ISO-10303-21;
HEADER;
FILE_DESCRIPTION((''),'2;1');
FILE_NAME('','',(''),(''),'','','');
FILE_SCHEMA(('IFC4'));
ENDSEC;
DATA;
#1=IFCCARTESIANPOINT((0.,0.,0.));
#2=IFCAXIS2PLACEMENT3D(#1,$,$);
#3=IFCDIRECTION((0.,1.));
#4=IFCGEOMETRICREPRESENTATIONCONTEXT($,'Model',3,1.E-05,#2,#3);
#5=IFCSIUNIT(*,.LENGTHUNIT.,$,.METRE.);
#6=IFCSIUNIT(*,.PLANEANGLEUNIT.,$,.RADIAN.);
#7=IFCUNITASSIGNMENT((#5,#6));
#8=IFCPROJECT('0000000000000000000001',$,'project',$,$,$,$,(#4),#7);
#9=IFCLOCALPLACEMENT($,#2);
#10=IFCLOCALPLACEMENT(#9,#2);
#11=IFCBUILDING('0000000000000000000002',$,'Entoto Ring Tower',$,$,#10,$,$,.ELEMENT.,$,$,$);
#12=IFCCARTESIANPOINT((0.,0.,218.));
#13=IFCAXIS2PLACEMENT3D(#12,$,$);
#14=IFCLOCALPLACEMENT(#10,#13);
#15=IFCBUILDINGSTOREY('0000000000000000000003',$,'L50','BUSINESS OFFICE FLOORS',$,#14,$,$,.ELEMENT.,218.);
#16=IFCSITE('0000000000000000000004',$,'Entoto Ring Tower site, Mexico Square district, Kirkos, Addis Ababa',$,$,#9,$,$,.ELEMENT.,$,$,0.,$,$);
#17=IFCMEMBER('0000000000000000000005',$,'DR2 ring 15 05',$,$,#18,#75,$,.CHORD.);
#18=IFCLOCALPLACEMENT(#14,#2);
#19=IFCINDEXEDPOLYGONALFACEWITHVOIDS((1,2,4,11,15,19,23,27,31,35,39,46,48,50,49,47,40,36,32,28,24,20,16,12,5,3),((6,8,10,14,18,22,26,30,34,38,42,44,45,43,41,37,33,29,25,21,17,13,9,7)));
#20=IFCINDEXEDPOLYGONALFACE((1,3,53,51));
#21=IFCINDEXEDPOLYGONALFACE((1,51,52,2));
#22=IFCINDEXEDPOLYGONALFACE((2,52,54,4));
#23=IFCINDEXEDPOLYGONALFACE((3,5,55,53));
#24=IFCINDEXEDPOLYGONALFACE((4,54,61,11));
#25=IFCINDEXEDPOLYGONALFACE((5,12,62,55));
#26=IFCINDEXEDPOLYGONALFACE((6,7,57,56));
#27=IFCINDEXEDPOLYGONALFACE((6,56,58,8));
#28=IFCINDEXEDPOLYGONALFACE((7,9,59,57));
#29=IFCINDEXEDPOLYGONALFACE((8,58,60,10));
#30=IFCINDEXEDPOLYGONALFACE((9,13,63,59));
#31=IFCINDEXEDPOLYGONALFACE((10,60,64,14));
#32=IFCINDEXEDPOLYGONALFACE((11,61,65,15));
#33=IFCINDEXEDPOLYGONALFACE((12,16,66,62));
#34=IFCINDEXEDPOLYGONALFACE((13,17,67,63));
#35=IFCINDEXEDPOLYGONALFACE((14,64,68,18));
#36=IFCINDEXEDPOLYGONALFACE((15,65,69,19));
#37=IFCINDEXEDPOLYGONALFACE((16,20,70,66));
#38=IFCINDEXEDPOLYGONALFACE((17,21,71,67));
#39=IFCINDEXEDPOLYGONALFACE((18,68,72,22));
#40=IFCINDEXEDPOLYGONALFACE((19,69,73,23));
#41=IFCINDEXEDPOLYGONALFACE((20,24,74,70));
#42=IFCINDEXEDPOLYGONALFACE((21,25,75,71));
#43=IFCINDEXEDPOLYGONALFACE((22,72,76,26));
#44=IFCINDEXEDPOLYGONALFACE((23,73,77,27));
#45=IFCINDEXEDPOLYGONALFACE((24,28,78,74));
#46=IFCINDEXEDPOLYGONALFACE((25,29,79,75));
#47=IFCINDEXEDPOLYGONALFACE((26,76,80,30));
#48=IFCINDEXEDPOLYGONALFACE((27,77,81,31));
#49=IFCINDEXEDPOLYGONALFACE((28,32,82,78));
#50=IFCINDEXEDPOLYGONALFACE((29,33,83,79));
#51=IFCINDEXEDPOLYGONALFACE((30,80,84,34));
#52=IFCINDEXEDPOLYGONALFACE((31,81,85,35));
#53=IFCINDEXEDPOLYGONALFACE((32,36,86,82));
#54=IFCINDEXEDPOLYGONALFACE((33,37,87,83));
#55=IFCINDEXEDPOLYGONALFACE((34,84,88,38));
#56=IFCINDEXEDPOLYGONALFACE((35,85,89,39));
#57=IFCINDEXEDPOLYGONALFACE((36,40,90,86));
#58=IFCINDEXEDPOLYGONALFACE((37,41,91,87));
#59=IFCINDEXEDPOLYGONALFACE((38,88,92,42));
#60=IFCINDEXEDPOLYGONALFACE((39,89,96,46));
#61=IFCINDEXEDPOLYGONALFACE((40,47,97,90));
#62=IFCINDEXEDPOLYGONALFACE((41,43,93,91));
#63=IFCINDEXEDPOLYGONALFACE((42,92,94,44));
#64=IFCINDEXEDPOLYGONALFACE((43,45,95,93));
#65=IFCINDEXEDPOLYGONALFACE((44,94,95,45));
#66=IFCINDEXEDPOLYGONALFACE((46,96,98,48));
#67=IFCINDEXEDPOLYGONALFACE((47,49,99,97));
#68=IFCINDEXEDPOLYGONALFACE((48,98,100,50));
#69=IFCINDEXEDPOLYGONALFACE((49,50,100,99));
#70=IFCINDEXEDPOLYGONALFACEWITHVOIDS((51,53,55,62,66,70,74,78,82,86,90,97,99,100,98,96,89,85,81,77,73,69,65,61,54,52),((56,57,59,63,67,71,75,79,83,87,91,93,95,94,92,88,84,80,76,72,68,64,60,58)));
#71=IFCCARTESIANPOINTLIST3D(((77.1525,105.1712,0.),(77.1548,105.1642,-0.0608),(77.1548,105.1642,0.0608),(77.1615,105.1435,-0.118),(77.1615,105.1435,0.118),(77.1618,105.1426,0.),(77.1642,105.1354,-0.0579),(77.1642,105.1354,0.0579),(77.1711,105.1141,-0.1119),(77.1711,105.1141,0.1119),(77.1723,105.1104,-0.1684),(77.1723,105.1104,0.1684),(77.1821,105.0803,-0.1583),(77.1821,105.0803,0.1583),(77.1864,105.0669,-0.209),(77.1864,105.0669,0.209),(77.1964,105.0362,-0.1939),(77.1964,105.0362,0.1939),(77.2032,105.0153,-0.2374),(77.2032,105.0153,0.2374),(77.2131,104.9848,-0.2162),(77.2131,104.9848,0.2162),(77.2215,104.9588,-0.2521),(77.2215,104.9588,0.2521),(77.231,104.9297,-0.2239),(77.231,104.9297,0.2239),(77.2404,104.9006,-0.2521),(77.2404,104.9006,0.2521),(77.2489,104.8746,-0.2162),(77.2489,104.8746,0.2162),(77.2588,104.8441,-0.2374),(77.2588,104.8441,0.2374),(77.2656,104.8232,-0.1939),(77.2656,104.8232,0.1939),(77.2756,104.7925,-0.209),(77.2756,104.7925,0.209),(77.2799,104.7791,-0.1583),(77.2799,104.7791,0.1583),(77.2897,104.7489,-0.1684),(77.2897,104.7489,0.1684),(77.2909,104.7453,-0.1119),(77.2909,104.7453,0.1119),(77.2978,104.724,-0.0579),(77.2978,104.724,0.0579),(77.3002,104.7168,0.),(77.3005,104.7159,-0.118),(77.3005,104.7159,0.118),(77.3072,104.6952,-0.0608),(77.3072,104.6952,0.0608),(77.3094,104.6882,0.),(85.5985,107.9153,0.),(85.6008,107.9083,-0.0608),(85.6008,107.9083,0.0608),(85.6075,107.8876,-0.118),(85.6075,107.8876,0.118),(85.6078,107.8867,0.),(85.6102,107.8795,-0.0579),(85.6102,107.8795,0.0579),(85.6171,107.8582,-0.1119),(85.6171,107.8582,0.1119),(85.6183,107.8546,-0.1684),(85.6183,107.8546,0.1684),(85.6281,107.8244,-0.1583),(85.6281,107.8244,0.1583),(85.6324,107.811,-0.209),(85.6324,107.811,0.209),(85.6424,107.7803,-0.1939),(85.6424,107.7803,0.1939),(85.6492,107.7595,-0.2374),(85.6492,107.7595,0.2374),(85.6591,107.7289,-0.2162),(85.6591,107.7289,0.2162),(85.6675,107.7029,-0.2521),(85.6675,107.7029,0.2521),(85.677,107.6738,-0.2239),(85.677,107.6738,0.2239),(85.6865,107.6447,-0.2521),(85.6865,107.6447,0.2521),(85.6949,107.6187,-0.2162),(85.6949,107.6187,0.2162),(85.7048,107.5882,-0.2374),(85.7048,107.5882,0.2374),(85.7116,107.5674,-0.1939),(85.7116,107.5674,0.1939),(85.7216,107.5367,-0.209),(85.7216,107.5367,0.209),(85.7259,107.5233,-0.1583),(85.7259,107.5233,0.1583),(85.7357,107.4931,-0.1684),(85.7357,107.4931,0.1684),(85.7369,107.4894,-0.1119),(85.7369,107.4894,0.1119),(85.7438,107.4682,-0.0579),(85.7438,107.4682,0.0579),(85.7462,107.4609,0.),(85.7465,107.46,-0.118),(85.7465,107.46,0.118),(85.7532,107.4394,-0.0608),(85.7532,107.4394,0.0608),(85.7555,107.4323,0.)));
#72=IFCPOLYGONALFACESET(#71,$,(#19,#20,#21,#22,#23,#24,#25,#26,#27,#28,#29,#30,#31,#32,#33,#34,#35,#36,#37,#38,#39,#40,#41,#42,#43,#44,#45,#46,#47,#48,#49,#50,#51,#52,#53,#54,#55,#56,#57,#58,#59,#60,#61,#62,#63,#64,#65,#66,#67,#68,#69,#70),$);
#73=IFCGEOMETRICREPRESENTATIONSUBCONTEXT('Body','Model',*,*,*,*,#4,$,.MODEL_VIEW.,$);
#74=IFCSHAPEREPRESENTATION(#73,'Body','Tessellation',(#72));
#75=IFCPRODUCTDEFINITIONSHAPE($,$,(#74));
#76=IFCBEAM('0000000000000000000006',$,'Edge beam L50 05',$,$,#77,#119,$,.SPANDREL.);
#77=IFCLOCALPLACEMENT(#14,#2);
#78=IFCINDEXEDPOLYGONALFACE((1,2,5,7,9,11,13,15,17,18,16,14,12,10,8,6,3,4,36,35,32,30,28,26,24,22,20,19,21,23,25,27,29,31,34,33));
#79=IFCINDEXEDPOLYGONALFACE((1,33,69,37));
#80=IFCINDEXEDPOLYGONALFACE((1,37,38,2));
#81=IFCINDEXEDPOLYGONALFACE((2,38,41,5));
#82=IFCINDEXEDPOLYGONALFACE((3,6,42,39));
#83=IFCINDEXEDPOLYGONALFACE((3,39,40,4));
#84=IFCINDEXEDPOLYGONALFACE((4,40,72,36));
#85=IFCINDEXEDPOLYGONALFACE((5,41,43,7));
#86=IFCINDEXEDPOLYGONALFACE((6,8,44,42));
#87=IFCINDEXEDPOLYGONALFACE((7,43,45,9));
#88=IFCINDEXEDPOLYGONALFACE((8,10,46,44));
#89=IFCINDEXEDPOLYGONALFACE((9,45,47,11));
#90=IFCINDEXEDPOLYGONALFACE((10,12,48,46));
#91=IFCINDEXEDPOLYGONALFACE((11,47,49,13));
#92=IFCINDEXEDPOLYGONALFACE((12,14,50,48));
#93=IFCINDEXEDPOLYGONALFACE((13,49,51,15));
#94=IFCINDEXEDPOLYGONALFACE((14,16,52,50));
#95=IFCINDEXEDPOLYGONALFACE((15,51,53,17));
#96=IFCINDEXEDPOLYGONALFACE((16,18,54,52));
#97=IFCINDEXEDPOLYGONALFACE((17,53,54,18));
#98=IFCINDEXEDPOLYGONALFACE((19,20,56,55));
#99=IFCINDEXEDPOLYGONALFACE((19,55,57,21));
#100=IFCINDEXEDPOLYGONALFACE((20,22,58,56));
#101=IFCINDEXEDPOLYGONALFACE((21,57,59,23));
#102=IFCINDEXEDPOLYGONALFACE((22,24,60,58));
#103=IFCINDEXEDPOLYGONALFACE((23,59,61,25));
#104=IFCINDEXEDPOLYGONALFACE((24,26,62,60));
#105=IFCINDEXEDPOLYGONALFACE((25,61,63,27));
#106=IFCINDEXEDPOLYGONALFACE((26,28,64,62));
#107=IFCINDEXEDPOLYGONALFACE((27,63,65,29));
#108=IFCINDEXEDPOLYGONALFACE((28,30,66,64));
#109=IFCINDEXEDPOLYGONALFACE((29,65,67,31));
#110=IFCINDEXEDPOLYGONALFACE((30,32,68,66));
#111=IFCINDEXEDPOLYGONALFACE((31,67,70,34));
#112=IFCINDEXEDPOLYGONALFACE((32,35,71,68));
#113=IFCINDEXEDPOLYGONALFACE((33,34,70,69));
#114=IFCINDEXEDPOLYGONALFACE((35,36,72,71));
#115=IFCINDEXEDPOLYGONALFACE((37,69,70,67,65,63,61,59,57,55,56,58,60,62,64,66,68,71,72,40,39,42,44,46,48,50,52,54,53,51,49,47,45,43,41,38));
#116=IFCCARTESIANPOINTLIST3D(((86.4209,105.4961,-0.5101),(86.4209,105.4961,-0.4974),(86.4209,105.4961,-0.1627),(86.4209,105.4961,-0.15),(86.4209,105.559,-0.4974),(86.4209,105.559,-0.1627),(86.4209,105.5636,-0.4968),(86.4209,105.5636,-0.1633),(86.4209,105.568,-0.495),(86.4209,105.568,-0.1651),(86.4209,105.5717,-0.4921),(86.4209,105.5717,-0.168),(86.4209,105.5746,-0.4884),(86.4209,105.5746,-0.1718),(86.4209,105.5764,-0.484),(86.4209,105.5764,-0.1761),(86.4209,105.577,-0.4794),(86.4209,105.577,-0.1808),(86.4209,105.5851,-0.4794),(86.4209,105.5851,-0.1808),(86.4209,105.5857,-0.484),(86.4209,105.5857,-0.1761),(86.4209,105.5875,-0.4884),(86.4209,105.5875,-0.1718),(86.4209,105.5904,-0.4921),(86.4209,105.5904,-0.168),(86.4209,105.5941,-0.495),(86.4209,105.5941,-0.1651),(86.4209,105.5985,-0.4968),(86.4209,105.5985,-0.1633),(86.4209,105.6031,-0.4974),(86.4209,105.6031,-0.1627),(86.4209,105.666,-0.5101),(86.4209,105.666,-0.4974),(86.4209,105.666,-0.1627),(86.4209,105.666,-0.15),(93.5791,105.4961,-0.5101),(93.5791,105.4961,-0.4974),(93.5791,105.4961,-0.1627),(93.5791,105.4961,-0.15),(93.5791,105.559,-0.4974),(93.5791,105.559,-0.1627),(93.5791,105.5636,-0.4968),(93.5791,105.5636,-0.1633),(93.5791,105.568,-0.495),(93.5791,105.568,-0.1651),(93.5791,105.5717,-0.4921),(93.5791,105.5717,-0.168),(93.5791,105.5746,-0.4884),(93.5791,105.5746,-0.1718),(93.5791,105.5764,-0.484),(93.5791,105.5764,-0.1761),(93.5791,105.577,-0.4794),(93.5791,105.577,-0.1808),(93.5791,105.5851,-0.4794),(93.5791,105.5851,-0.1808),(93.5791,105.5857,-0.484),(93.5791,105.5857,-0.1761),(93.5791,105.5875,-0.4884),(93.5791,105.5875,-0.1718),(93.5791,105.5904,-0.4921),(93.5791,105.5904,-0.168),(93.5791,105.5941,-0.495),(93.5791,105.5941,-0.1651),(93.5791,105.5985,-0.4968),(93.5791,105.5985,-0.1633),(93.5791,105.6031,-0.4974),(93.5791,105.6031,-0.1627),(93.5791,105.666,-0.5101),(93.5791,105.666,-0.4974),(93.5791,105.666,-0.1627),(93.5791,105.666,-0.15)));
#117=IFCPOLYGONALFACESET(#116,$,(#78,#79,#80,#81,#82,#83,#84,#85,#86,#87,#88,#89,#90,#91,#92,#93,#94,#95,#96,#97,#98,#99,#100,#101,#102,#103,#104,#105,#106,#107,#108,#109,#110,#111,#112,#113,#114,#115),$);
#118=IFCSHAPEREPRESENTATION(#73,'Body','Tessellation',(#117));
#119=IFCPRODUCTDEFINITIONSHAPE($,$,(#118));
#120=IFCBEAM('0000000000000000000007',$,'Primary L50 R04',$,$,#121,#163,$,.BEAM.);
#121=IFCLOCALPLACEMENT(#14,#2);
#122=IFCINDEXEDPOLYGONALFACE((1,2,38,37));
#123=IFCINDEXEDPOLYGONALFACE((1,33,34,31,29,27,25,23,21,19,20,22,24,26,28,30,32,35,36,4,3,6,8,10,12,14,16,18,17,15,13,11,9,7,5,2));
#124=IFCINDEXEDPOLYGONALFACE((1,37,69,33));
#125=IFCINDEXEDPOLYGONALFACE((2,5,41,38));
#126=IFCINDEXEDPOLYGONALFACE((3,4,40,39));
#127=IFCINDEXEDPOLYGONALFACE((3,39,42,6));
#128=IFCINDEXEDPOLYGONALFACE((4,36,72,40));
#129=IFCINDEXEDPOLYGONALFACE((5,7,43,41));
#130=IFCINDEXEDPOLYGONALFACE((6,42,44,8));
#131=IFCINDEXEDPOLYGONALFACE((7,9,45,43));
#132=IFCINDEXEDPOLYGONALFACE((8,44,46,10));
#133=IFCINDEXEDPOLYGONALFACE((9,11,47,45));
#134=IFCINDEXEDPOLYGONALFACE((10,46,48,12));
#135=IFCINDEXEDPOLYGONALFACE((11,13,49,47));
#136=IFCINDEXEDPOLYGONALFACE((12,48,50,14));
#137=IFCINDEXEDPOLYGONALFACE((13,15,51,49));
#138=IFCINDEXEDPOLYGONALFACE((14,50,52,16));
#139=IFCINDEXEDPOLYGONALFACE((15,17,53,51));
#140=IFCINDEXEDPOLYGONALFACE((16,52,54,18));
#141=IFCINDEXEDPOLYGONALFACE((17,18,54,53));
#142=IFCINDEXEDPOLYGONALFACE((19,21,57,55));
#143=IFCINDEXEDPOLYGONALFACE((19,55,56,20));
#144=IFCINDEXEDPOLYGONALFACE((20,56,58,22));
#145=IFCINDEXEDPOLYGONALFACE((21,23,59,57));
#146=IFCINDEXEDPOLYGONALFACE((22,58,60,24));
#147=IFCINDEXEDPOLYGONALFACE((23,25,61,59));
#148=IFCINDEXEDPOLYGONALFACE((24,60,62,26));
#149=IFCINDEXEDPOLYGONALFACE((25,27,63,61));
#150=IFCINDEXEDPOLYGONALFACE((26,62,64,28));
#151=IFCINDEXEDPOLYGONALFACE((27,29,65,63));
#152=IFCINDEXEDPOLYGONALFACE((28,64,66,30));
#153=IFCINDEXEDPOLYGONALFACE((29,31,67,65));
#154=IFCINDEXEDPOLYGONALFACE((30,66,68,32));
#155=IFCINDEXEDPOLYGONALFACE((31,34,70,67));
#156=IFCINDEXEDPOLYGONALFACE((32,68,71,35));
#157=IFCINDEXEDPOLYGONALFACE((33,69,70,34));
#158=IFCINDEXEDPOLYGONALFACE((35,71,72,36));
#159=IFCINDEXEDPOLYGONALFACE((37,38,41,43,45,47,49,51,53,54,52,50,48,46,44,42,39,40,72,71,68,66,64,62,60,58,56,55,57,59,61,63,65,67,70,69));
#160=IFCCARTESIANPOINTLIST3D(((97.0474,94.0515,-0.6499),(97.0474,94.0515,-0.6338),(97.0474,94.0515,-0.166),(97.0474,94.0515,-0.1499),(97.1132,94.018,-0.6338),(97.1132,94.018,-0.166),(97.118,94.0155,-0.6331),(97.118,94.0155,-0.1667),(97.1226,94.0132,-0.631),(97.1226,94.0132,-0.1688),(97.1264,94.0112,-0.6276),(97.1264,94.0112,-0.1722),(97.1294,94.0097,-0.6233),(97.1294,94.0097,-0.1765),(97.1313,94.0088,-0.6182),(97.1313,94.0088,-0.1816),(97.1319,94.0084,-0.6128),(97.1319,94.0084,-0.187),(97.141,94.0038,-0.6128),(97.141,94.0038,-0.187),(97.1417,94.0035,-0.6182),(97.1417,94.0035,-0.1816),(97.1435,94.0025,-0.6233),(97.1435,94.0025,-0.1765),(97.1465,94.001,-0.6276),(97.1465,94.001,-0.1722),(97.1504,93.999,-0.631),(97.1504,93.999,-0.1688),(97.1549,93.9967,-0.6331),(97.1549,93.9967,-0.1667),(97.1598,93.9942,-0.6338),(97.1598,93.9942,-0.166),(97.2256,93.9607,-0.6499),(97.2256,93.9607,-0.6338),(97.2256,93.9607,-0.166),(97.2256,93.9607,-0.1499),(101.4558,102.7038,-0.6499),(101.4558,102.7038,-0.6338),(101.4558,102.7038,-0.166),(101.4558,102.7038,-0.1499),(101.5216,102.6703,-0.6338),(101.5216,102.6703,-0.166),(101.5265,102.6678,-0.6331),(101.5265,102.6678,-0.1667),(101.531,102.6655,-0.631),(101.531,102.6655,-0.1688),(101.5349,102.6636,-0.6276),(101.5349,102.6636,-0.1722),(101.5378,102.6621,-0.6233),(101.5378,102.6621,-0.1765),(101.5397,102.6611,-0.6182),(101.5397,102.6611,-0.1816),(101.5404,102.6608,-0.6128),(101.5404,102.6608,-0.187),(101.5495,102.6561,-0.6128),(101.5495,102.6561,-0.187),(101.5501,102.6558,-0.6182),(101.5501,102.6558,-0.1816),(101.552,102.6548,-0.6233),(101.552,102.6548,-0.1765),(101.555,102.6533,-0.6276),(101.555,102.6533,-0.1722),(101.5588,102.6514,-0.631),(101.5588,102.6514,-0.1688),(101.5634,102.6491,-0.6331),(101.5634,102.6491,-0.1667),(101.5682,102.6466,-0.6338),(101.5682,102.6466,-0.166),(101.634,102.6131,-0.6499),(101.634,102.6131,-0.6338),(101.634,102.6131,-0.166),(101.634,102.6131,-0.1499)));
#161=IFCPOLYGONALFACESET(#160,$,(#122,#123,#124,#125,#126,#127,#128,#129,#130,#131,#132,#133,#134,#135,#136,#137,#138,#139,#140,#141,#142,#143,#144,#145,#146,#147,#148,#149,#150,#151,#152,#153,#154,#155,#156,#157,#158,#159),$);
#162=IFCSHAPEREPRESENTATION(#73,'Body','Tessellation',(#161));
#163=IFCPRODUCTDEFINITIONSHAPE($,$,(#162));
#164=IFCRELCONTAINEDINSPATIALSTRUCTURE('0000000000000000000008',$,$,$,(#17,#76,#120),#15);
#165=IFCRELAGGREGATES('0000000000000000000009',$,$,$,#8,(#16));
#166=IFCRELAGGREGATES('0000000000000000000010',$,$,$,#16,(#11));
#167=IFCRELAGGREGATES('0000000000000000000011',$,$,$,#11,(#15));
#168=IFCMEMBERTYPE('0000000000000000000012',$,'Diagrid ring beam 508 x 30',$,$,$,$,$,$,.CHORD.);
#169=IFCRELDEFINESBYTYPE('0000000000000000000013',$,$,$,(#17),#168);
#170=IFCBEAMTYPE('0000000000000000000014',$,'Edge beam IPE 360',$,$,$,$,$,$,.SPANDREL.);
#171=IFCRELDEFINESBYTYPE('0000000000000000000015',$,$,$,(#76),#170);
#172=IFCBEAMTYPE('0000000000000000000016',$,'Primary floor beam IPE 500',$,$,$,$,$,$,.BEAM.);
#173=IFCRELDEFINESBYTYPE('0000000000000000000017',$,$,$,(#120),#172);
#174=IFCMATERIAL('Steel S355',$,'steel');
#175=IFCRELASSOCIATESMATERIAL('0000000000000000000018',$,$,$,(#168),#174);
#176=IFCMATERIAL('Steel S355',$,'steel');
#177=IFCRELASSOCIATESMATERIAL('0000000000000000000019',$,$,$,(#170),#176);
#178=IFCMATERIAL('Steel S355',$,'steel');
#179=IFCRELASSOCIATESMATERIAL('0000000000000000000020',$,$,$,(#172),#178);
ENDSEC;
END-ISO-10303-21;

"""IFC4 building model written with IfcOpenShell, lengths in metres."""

from ifc_helpers import new_model, si_unit, direction, frame, origin, origin_2d, place, context, subcontext, project, spatial, circle, hollow_circle, i_section, extrude, material, material_profile, profile_set, type_object, element, save


model = new_model("IFC4")

# Units and contexts
model_context = context("Model", 3, precision=1e-05, world=origin(), true_north=direction((0.0, 1.0)))
body_context = subcontext(model_context, "Body", "Model", "MODEL_VIEW")
ifc_project = project(units=[si_unit("LENGTHUNIT", "METRE"), si_unit("PLANEANGLEUNIT", "RADIAN")], contexts=[model_context])

# Site, building, storey
site_placement = place(None, origin())
site = spatial("IfcSite", under=ifc_project, at=site_placement, Name="Entoto Ring Tower site, Mexico Square district, Kirkos, Addis Ababa", CompositionType="ELEMENT", RefElevation=0.0)
building_placement = place(site_placement, origin())
building = spatial("IfcBuilding", under=site, at=building_placement, Name="Entoto Ring Tower", CompositionType="ELEMENT")
storey_placement = place(building_placement, frame((0.0, 0.0, 218.0)))
storey = spatial("IfcBuildingStorey", under=building, at=storey_placement, Name="L50", Description="BUSINESS OFFICE FLOORS", CompositionType="ELEMENT", Elevation=218.0)

# Member
ifc_material_1 = material(Name="Steel S355", Category="steel")
ifc_material_profile_1 = material_profile(ifc_material_1, hollow_circle(Radius=0.2539, WallThickness=0.03, at=origin_2d()), Name="CHS 508 x 30")
ifc_material_2 = material(Name="Concrete C60/75", Category="concrete")
ifc_material_profile_2 = material_profile(ifc_material_2, circle(Radius=0.2241, at=origin_2d()), Name="Concrete C60/75 infill")
ifc_profile_set_1 = profile_set([ifc_material_profile_1, ifc_material_profile_2], Name="Steel S355")
member_type_1 = type_object("IfcMemberType", Name="Diagrid ring beam 508 x 30", PredefinedType="CHORD", material=ifc_profile_set_1)
member_1_placement = place(storey_placement, frame((85.677, 107.6738, 0.0), z_axis=(-0.951061, -0.309002, 0.0), x_axis=(0.309002, -0.951061, 0.0)))
element("IfcMember", 1, at=member_1_placement, inside=storey, type_object=member_type_1, Name="DR2 ring 15 05", PredefinedType="CHORD", context=body_context, shape_type="SweptSolid", body=[
    extrude(hollow_circle(Radius=0.2539, WallThickness=0.03, at=origin_2d()), origin(), (0.0, 0.0, 1.0), 8.8806),
])

# Beams
ifc_material_3 = material(Name="Steel S355", Category="steel")
ifc_material_profile_3 = material_profile(ifc_material_3, i_section(OverallWidth=0.1699, OverallDepth=0.3601, WebThickness=0.0081, FlangeThickness=0.0127, FilletRadius=0.0181, at=origin_2d()), Name="IPE 360")
ifc_profile_set_2 = profile_set([ifc_material_profile_3], Name="Steel S355")
beam_type_1 = type_object("IfcBeamType", Name="Edge beam IPE 360", PredefinedType="SPANDREL", material=ifc_profile_set_2)
beam_1_placement = place(storey_placement, frame((93.5791, 105.5811, -0.3301), z_axis=(-1.0, 0.0, 0.0), x_axis=(0.0, -1.0, 0.0)))
element("IfcBeam", 2, at=beam_1_placement, inside=storey, type_object=beam_type_1, Name="Edge beam L50 05", PredefinedType="SPANDREL", context=body_context, shape_type="SweptSolid", body=[
    extrude(i_section(OverallWidth=0.1699, OverallDepth=0.3601, WebThickness=0.0081, FlangeThickness=0.0127, FilletRadius=0.0181, at=origin_2d()), origin(), (0.0, 0.0, 1.0), 7.1582),
])
ifc_material_4 = material(Name="Steel S355", Category="steel")
ifc_material_profile_4 = material_profile(ifc_material_4, i_section(OverallWidth=0.2, OverallDepth=0.5, WebThickness=0.0103, FlangeThickness=0.0161, FilletRadius=0.021, at=origin_2d()), Name="IPE 500")
ifc_profile_set_3 = profile_set([ifc_material_profile_4], Name="Steel S355")
beam_type_2 = type_object("IfcBeamType", Name="Primary floor beam IPE 500", PredefinedType="BEAM", material=ifc_profile_set_3)
beam_2_placement = place(storey_placement, frame((97.1365, 94.0061, -0.3999), z_axis=(0.453979, 0.891012, 0.0), x_axis=(-0.891012, 0.453979, 0.0)))
element("IfcBeam", 3, at=beam_2_placement, inside=storey, type_object=beam_type_2, Name="Primary L50 R04", PredefinedType="BEAM", context=body_context, shape_type="SweptSolid", body=[
    extrude(i_section(OverallWidth=0.2, OverallDepth=0.5, WebThickness=0.0103, FlangeThickness=0.0161, FilletRadius=0.021, at=origin_2d()), origin(), (0.0, 0.0, 1.0), 9.7107),
])

save(model, "model.ifc")
